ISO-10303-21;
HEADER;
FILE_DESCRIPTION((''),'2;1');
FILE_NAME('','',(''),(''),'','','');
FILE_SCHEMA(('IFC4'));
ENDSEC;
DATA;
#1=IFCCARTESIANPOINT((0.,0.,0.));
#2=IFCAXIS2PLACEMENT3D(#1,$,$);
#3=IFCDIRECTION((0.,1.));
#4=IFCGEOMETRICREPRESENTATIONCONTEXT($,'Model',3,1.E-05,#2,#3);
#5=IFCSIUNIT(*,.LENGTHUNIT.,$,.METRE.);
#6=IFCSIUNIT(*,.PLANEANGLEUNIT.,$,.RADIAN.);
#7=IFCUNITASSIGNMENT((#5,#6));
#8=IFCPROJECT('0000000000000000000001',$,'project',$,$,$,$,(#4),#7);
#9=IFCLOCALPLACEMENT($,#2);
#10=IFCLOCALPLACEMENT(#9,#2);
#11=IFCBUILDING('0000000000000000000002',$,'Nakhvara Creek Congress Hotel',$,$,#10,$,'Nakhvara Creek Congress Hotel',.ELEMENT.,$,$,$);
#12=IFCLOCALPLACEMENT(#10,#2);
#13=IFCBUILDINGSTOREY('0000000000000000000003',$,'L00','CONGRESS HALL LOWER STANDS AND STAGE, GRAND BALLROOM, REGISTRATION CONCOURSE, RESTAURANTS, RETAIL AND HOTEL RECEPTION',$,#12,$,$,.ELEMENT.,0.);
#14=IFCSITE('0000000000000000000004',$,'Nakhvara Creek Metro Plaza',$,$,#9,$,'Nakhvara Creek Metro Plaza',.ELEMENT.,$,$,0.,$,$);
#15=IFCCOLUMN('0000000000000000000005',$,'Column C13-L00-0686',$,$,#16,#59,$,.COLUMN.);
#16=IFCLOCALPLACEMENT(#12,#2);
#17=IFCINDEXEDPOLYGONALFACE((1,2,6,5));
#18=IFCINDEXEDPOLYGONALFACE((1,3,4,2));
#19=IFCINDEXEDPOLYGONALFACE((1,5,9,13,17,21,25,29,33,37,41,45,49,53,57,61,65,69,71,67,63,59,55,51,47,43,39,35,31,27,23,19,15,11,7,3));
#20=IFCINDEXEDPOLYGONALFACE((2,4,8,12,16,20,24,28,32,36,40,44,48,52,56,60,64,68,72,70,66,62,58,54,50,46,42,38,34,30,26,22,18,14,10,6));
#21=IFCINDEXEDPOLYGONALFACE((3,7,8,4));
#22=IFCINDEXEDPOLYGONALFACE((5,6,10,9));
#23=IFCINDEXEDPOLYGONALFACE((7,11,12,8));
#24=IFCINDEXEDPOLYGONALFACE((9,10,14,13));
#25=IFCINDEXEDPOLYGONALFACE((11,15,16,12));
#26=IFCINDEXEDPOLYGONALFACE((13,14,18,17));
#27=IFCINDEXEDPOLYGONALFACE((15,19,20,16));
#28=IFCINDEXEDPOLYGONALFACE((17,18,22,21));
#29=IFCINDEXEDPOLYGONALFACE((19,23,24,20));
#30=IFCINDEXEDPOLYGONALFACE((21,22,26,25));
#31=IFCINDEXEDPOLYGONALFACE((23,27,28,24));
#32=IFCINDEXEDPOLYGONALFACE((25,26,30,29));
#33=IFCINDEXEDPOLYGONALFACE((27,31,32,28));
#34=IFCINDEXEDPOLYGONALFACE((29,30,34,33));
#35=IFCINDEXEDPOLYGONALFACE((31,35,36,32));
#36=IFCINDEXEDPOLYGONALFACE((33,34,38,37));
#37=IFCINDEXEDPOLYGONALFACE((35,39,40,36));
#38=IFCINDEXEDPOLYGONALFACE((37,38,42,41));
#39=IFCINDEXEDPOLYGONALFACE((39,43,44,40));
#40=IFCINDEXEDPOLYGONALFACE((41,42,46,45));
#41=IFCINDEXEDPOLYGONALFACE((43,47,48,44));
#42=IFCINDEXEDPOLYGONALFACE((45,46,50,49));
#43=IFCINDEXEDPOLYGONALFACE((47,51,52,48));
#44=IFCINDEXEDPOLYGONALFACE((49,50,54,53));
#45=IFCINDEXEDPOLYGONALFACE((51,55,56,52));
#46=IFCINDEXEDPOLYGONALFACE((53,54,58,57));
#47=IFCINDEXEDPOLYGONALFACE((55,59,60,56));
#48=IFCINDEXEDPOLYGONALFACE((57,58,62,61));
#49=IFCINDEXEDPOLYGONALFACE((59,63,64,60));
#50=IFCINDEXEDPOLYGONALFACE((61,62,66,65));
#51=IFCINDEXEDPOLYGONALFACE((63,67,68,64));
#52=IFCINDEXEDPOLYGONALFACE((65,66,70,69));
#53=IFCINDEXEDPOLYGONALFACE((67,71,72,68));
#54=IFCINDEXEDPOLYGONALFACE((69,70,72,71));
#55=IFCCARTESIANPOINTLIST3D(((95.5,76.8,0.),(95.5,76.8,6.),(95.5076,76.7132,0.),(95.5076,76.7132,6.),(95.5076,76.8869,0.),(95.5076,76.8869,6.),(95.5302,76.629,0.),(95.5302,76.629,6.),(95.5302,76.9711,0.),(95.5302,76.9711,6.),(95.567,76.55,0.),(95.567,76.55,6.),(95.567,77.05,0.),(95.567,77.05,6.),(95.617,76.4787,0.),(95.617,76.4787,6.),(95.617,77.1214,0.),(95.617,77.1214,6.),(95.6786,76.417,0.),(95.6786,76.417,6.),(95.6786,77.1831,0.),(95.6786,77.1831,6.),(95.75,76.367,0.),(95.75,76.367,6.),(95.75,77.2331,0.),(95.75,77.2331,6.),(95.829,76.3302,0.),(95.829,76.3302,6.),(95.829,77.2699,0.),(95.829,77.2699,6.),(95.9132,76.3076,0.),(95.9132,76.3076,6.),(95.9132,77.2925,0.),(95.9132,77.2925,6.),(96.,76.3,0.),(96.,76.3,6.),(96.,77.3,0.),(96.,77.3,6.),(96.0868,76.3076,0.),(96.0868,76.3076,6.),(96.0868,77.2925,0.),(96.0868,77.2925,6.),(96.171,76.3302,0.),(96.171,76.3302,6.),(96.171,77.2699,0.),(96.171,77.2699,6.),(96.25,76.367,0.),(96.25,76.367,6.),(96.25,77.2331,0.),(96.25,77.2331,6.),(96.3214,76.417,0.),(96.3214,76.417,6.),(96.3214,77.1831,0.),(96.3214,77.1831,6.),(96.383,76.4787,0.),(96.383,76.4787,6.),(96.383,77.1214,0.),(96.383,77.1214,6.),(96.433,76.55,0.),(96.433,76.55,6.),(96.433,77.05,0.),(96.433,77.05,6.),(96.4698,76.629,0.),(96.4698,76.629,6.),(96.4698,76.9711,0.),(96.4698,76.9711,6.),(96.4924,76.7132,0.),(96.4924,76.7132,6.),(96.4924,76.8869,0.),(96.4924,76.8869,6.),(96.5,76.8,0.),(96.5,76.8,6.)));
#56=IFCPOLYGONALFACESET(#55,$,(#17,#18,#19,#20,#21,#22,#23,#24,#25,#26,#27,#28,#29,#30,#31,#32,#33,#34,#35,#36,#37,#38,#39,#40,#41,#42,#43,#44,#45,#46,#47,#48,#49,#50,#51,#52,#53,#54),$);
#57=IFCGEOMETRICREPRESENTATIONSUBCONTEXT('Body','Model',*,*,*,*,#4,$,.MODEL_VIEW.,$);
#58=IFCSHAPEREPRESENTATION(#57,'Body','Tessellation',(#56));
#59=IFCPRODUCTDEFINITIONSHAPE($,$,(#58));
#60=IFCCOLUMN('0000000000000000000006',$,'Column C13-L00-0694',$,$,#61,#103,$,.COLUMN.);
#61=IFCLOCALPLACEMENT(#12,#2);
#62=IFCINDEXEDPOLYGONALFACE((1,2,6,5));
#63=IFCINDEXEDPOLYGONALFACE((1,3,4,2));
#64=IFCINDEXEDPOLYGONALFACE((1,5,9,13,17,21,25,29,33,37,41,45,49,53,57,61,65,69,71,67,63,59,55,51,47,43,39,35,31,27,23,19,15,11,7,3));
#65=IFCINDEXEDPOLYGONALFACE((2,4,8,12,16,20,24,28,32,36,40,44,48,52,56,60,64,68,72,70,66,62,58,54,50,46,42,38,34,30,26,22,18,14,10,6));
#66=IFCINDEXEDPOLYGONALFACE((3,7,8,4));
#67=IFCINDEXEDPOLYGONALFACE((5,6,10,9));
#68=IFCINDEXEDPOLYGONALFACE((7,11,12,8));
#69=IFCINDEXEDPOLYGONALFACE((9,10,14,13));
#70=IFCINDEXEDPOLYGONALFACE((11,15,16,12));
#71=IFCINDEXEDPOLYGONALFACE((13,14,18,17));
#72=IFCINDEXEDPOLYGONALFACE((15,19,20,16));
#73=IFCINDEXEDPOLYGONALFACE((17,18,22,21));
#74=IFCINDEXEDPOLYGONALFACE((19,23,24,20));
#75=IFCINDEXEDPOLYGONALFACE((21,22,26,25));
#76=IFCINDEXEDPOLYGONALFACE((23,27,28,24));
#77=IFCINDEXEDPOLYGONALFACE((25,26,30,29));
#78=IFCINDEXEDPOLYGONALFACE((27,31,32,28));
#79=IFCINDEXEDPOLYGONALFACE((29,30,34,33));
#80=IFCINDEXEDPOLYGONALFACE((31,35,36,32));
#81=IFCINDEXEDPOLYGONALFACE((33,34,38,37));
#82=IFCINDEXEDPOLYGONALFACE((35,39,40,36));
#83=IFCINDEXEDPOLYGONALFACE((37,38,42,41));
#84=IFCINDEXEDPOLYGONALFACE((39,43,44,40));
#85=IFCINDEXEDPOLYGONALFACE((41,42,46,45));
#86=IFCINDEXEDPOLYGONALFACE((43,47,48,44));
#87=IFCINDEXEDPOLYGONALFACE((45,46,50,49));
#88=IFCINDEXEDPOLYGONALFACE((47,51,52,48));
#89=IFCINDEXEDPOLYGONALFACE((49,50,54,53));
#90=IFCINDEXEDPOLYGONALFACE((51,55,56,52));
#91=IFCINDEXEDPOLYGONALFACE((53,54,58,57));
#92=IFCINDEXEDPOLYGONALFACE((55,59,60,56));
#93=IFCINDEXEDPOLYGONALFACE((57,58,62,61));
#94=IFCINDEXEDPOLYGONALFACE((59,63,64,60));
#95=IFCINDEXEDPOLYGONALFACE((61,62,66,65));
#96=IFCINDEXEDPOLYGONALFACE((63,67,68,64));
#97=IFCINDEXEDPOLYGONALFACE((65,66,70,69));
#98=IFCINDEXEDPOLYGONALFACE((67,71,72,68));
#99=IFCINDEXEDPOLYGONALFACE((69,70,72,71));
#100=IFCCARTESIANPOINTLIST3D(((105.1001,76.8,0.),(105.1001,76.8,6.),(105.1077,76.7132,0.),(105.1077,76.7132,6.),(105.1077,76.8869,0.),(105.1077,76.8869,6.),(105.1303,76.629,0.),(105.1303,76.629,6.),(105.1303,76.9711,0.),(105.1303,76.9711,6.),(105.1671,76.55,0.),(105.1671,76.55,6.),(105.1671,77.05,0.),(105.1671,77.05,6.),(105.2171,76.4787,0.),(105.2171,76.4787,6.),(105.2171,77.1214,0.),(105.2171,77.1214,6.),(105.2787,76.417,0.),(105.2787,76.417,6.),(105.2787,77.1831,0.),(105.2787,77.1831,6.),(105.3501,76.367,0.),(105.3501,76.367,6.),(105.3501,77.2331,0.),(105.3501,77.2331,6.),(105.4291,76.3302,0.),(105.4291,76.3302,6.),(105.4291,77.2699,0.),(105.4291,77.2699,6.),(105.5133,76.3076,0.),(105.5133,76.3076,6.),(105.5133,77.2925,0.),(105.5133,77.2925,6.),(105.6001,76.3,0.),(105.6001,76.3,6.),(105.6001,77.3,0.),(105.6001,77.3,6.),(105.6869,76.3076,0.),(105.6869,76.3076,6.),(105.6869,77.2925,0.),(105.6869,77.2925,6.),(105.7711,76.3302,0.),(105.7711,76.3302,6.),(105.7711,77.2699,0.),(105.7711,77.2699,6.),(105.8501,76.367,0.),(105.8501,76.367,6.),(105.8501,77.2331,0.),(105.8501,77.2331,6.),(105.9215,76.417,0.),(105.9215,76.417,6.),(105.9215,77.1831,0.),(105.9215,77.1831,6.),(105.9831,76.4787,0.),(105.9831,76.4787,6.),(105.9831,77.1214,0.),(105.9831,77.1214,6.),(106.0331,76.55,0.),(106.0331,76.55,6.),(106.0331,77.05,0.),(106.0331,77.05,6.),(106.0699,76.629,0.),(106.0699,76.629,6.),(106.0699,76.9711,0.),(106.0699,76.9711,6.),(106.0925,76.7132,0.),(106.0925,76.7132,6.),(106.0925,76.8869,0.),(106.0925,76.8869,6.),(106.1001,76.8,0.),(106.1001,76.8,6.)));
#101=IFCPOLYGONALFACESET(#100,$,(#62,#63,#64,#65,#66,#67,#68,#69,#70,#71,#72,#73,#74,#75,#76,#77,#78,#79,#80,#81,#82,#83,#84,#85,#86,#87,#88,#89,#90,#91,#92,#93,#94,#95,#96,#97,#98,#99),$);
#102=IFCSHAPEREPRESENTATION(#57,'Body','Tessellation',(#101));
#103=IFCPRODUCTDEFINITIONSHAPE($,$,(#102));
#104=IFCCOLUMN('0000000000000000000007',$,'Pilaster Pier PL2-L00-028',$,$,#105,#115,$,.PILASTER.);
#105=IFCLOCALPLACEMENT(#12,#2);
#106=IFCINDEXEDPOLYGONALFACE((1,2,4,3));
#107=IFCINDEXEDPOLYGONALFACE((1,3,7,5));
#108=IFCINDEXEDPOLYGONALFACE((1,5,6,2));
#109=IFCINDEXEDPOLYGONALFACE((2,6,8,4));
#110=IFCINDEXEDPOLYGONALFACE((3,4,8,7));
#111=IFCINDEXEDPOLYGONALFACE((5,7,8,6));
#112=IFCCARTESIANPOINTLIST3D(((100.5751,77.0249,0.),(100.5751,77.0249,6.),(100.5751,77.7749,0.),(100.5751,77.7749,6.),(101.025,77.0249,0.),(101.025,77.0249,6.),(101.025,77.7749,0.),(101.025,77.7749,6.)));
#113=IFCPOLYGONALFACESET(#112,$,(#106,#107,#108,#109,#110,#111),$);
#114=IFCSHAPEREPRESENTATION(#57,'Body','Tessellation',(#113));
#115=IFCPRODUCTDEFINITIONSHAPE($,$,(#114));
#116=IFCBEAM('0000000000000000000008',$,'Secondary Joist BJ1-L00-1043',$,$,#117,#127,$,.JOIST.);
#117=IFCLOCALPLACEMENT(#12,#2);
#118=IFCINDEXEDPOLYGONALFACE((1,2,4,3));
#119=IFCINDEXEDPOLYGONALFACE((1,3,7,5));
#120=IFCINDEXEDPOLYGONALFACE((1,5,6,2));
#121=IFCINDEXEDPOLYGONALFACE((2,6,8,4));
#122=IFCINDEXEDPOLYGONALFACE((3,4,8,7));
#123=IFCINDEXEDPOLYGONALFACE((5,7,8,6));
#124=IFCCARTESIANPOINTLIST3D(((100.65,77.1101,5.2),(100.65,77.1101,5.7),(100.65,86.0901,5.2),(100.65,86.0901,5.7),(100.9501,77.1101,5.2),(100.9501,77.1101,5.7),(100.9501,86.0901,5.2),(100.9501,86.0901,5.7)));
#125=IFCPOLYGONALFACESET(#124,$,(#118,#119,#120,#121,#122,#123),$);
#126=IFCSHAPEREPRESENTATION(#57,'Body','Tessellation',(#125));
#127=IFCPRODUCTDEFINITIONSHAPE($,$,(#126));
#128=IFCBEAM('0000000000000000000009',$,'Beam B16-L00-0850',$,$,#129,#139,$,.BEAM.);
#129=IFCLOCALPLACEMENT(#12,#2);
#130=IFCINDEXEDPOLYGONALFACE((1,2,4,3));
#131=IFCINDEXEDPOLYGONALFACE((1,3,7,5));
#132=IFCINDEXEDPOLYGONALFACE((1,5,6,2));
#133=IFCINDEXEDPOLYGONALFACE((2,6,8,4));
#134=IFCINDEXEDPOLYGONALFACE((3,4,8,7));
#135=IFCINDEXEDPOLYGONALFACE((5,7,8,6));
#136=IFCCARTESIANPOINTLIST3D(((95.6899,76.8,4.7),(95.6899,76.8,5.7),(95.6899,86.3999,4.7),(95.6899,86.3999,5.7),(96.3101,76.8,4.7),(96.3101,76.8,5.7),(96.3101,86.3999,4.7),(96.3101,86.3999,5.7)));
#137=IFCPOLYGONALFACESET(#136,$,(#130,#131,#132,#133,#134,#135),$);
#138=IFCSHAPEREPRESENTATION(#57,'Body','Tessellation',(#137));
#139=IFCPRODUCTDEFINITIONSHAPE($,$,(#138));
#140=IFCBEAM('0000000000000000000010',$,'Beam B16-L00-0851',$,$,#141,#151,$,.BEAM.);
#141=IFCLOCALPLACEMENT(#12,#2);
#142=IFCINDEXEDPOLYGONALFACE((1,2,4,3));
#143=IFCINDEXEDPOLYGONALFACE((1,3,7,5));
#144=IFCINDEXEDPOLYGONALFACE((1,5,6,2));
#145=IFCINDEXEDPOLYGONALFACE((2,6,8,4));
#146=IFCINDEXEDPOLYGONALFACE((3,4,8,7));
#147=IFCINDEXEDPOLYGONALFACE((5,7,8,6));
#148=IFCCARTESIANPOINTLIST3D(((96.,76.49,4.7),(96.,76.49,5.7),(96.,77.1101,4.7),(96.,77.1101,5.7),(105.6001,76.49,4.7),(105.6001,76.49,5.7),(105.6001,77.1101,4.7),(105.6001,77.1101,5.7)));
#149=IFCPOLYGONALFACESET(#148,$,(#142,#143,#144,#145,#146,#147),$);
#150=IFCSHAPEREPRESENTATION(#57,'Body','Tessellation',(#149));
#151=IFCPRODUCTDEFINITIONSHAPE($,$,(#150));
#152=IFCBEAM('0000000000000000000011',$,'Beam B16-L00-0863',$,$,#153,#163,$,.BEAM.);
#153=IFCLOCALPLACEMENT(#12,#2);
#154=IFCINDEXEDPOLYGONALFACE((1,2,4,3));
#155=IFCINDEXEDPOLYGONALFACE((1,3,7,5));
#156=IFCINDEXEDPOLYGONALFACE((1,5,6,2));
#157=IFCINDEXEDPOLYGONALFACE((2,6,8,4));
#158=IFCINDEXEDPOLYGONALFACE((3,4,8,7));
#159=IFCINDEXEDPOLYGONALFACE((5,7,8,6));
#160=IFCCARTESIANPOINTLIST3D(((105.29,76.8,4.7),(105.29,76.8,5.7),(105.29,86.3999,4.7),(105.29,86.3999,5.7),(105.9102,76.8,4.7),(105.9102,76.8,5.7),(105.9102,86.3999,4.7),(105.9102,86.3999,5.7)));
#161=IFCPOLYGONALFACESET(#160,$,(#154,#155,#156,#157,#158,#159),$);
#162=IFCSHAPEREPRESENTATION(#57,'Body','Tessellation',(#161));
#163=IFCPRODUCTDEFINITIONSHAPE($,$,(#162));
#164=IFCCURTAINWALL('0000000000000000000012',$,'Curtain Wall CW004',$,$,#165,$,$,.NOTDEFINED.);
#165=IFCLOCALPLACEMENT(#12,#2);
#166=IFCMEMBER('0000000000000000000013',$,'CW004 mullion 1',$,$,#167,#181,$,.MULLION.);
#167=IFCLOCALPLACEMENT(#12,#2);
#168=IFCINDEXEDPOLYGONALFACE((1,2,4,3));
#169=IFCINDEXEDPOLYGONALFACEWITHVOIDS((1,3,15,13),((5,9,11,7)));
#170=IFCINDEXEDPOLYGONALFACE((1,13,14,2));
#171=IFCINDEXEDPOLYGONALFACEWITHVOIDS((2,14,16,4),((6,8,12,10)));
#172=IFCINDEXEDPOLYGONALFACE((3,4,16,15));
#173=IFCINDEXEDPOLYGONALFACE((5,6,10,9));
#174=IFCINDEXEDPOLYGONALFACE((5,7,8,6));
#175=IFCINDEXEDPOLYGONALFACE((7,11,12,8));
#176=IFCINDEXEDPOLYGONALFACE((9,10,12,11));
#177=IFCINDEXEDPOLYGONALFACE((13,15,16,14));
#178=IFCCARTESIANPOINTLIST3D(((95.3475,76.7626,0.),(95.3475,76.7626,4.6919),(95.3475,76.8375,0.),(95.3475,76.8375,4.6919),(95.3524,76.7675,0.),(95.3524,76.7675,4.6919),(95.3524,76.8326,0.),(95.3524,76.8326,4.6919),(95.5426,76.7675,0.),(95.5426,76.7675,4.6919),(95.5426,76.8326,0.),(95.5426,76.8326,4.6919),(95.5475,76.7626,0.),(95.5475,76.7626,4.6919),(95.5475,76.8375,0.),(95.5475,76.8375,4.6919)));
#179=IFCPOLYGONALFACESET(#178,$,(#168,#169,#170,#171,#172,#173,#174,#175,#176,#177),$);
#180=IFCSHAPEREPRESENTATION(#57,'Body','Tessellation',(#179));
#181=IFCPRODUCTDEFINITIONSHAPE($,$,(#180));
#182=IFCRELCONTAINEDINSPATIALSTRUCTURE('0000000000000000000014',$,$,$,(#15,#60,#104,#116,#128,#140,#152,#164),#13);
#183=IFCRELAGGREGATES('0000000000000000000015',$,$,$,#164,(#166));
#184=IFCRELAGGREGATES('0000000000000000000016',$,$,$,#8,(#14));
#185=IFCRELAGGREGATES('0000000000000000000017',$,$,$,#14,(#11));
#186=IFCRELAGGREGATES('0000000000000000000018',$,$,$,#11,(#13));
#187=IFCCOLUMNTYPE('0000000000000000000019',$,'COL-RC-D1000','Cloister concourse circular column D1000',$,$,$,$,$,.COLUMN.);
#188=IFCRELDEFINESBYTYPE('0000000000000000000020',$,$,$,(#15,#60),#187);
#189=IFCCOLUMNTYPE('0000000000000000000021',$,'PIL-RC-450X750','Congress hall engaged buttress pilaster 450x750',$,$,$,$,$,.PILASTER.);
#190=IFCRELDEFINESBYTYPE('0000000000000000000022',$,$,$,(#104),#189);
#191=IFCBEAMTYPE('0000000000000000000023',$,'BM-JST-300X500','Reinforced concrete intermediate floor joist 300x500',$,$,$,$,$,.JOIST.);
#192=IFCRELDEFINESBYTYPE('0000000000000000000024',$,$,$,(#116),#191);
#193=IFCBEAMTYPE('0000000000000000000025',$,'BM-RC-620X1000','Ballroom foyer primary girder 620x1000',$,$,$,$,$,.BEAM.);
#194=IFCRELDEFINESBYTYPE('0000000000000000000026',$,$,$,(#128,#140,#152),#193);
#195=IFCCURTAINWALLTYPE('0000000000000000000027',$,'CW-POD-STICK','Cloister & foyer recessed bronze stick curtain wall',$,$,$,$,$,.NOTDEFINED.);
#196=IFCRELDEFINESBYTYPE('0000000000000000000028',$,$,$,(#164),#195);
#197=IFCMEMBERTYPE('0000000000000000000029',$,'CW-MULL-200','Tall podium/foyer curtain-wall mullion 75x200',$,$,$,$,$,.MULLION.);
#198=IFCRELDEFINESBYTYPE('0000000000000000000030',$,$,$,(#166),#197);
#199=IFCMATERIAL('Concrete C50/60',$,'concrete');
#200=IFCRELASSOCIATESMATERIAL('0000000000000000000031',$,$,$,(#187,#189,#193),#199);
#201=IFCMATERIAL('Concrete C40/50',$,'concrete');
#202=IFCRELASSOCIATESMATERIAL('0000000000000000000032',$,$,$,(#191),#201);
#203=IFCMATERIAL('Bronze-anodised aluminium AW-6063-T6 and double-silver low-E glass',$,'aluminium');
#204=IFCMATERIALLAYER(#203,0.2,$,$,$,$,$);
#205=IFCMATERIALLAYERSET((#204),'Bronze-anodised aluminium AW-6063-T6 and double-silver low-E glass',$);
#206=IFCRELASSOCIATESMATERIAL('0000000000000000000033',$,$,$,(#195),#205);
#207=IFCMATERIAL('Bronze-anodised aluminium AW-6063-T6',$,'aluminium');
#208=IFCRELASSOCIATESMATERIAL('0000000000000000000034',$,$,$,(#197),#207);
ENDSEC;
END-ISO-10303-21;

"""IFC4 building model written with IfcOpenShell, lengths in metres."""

from ifc_helpers import new_model, si_unit, direction, frame, origin, origin_2d, place, context, subcontext, project, spatial, rectangle, hollow_rectangle, circle, extrude, material, layer, layer_set, material_profile, profile_set, type_object, element, aggregate, save


model = new_model("IFC4")

# Units and contexts
model_context = context("Model", 3, precision=1e-05, world=origin(), true_north=direction((0.0, 1.0)))
body_context = subcontext(model_context, "Body", "Model", "MODEL_VIEW")
ifc_project = project(units=[si_unit("LENGTHUNIT", "METRE"), si_unit("PLANEANGLEUNIT", "RADIAN")], contexts=[model_context])

# Site, building, storey
site_placement = place(None, origin())
site = spatial("IfcSite", under=ifc_project, at=site_placement, Name="Nakhvara Creek Metro Plaza", LongName="Nakhvara Creek Metro Plaza", CompositionType="ELEMENT", RefElevation=0.0)
building_placement = place(site_placement, origin())
building = spatial("IfcBuilding", under=site, at=building_placement, Name="Nakhvara Creek Congress Hotel", LongName="Nakhvara Creek Congress Hotel", CompositionType="ELEMENT")
storey_placement = place(building_placement, origin())
storey = spatial("IfcBuildingStorey", under=building, at=storey_placement, Name="L00", Description="CONGRESS HALL LOWER STANDS AND STAGE, GRAND BALLROOM, REGISTRATION CONCOURSE, RESTAURANTS, RETAIL AND HOTEL RECEPTION", CompositionType="ELEMENT", Elevation=0.0)

# Columns
ifc_material_1 = material(Name="Concrete C50/60", Category="concrete")
ifc_material_profile_1 = material_profile(ifc_material_1, circle(Radius=0.5, at=origin_2d()), Name="RC-COL D1000", Category="LoadBearing")
ifc_profile_set_1 = profile_set([ifc_material_profile_1], Name="Concrete C50/60")
column_type_1 = type_object("IfcColumnType", Name="COL-RC-D1000", Description="Cloister concourse circular column D1000", PredefinedType="COLUMN", material=ifc_profile_set_1)
for number, where, z_axis, x_axis, name in (
    (1, (96.0, 76.8, 0.0), (0.0, 0.0, 1.0), (1.0, 0.0, 0.0), "Column C13-L00-0686"),
    (2, (105.6001, 76.8, 0.0), (0.0, 0.0, 1.0), (1.0, 0.0, 0.0), "Column C13-L00-0694"),
):
    element("IfcColumn", number, at=place(storey_placement, frame(where, z_axis=z_axis, x_axis=x_axis)), inside=storey, type_object=column_type_1, Name=name, PredefinedType="COLUMN", context=body_context, shape_type="SweptSolid", body=[
        extrude(circle(Radius=0.5, at=origin_2d()), origin(), (0.0, 0.0, 1.0), 6.0),
    ])
ifc_material_profile_2 = material_profile(ifc_material_1, rectangle(XDim=0.45, YDim=0.75, at=origin_2d()), Name="RC-PIL 450x750", Category="LoadBearing")
ifc_profile_set_2 = profile_set([ifc_material_profile_2], Name="Concrete C50/60")
column_type_2 = type_object("IfcColumnType", Name="PIL-RC-450X750", Description="Congress hall engaged buttress pilaster 450x750", PredefinedType="PILASTER", material=ifc_profile_set_2)
column_placement = place(storey_placement, frame((100.8, 77.3999, 0.0), z_axis=(0.0, 0.0, 1.0), x_axis=(1.0, 0.0, 0.0)))
element("IfcColumn", 3, at=column_placement, inside=storey, type_object=column_type_2, Name="Pilaster Pier PL2-L00-028", PredefinedType="PILASTER", context=body_context, shape_type="SweptSolid", body=[
    extrude(rectangle(XDim=0.45, YDim=0.75, at=origin_2d()), origin(), (0.0, 0.0, 1.0), 6.0),
])

# Beams
ifc_material_2 = material(Name="Concrete C40/50", Category="concrete")
ifc_material_profile_3 = material_profile(ifc_material_2, rectangle(XDim=0.3, YDim=0.5, at=origin_2d()), Name="RC-BM 300x500", Category="LoadBearing")
ifc_profile_set_3 = profile_set([ifc_material_profile_3], Name="Concrete C40/50")
beam_type_1 = type_object("IfcBeamType", Name="BM-JST-300X500", Description="Reinforced concrete intermediate floor joist 300x500", PredefinedType="JOIST", material=ifc_profile_set_3)
beam_1_placement = place(storey_placement, frame((100.8, 77.1101, 5.45), z_axis=(0.0, 1.0, 0.0), x_axis=(-1.0, 0.0, 0.0)))
element("IfcBeam", 4, at=beam_1_placement, inside=storey, type_object=beam_type_1, Name="Secondary Joist BJ1-L00-1043", PredefinedType="JOIST", context=body_context, shape_type="SweptSolid", body=[
    extrude(rectangle(XDim=0.3, YDim=0.5, at=origin_2d()), origin(), (0.0, 0.0, 1.0), 8.98),
])
ifc_material_profile_4 = material_profile(ifc_material_1, rectangle(XDim=0.6201, YDim=1.0, at=origin_2d()), Name="RC-BM 620x1000", Category="LoadBearing")
ifc_profile_set_4 = profile_set([ifc_material_profile_4], Name="Concrete C50/60")
beam_type_2 = type_object("IfcBeamType", Name="BM-RC-620X1000", Description="Ballroom foyer primary girder 620x1000", PredefinedType="BEAM", material=ifc_profile_set_4)
beam_2_placement = place(storey_placement, frame((96.0, 76.8, 5.2), z_axis=(0.0, 1.0, 0.0), x_axis=(-1.0, 0.0, 0.0)))
element("IfcBeam", 5, at=beam_2_placement, inside=storey, type_object=beam_type_2, Name="Beam B16-L00-0850", PredefinedType="BEAM", context=body_context, shape_type="SweptSolid", body=[
    extrude(rectangle(XDim=0.6201, YDim=1.0, at=origin_2d()), origin(), (0.0, 0.0, 1.0), 9.5999),
])
beam_3_placement = place(storey_placement, frame((96.0, 76.8, 5.2), z_axis=(1.0, 0.0, 0.0), x_axis=(0.0, 1.0, 0.0)))
element("IfcBeam", 6, at=beam_3_placement, inside=storey, type_object=beam_type_2, Name="Beam B16-L00-0851", PredefinedType="BEAM", context=body_context, shape_type="SweptSolid", body=[
    extrude(rectangle(XDim=0.6201, YDim=1.0, at=origin_2d()), origin(), (0.0, 0.0, 1.0), 9.6001),
])
beam_4_placement = place(storey_placement, frame((105.6001, 76.8, 5.2), z_axis=(0.0, 1.0, 0.0), x_axis=(-1.0, 0.0, 0.0)))
element("IfcBeam", 7, at=beam_4_placement, inside=storey, type_object=beam_type_2, Name="Beam B16-L00-0863", PredefinedType="BEAM", context=body_context, shape_type="SweptSolid", body=[
    extrude(rectangle(XDim=0.6201, YDim=1.0, at=origin_2d()), origin(), (0.0, 0.0, 1.0), 9.5999),
])

# Curtain wall, member
ifc_material_3 = material(Name="Bronze-anodised aluminium AW-6063-T6 and double-silver low-E glass", Category="aluminium")
ifc_layer = layer(ifc_material_3, 0.2)
ifc_layer_set = layer_set([ifc_layer], Name="Bronze-anodised aluminium AW-6063-T6 and double-silver low-E glass")
curtain_wall_type = type_object("IfcCurtainWallType", Name="CW-POD-STICK", Description="Cloister & foyer recessed bronze stick curtain wall", PredefinedType="NOTDEFINED", material=ifc_layer_set)
curtain_wall_1_placement = place(storey_placement, origin())
curtain_wall_1 = element("IfcCurtainWall", 8, at=curtain_wall_1_placement, inside=storey, type_object=curtain_wall_type, Name="Curtain Wall CW004", PredefinedType="NOTDEFINED")
ifc_material_4 = material(Name="Bronze-anodised aluminium AW-6063-T6", Category="aluminium")
ifc_material_profile_5 = material_profile(ifc_material_4, hollow_rectangle(XDim=0.075, YDim=0.2, WallThickness=0.0049, at=origin_2d()), Name="ALU-MULL 75x200x5", Category="LoadBearing")
ifc_profile_set_5 = profile_set([ifc_material_profile_5], Name="Bronze-anodised aluminium AW-6063-T6")
member_type_1 = type_object("IfcMemberType", Name="CW-MULL-200", Description="Tall podium/foyer curtain-wall mullion 75x200", PredefinedType="MULLION", material=ifc_profile_set_5)
member_1_placement = place(storey_placement, frame((95.4475, 76.8, 0.0), z_axis=(0.0, 0.0, 1.0), x_axis=(0.0, -1.0, 0.0)))
member_1 = element("IfcMember", 9, at=member_1_placement, type_object=member_type_1, Name="CW004 mullion 1", PredefinedType="MULLION", context=body_context, shape_type="SweptSolid", body=[
    extrude(hollow_rectangle(XDim=0.075, YDim=0.2, WallThickness=0.0049, at=origin_2d()), origin(), (0.0, 0.0, 1.0), 4.6919),
])

aggregate(curtain_wall_1, [member_1])

save(model, "model.ifc")
